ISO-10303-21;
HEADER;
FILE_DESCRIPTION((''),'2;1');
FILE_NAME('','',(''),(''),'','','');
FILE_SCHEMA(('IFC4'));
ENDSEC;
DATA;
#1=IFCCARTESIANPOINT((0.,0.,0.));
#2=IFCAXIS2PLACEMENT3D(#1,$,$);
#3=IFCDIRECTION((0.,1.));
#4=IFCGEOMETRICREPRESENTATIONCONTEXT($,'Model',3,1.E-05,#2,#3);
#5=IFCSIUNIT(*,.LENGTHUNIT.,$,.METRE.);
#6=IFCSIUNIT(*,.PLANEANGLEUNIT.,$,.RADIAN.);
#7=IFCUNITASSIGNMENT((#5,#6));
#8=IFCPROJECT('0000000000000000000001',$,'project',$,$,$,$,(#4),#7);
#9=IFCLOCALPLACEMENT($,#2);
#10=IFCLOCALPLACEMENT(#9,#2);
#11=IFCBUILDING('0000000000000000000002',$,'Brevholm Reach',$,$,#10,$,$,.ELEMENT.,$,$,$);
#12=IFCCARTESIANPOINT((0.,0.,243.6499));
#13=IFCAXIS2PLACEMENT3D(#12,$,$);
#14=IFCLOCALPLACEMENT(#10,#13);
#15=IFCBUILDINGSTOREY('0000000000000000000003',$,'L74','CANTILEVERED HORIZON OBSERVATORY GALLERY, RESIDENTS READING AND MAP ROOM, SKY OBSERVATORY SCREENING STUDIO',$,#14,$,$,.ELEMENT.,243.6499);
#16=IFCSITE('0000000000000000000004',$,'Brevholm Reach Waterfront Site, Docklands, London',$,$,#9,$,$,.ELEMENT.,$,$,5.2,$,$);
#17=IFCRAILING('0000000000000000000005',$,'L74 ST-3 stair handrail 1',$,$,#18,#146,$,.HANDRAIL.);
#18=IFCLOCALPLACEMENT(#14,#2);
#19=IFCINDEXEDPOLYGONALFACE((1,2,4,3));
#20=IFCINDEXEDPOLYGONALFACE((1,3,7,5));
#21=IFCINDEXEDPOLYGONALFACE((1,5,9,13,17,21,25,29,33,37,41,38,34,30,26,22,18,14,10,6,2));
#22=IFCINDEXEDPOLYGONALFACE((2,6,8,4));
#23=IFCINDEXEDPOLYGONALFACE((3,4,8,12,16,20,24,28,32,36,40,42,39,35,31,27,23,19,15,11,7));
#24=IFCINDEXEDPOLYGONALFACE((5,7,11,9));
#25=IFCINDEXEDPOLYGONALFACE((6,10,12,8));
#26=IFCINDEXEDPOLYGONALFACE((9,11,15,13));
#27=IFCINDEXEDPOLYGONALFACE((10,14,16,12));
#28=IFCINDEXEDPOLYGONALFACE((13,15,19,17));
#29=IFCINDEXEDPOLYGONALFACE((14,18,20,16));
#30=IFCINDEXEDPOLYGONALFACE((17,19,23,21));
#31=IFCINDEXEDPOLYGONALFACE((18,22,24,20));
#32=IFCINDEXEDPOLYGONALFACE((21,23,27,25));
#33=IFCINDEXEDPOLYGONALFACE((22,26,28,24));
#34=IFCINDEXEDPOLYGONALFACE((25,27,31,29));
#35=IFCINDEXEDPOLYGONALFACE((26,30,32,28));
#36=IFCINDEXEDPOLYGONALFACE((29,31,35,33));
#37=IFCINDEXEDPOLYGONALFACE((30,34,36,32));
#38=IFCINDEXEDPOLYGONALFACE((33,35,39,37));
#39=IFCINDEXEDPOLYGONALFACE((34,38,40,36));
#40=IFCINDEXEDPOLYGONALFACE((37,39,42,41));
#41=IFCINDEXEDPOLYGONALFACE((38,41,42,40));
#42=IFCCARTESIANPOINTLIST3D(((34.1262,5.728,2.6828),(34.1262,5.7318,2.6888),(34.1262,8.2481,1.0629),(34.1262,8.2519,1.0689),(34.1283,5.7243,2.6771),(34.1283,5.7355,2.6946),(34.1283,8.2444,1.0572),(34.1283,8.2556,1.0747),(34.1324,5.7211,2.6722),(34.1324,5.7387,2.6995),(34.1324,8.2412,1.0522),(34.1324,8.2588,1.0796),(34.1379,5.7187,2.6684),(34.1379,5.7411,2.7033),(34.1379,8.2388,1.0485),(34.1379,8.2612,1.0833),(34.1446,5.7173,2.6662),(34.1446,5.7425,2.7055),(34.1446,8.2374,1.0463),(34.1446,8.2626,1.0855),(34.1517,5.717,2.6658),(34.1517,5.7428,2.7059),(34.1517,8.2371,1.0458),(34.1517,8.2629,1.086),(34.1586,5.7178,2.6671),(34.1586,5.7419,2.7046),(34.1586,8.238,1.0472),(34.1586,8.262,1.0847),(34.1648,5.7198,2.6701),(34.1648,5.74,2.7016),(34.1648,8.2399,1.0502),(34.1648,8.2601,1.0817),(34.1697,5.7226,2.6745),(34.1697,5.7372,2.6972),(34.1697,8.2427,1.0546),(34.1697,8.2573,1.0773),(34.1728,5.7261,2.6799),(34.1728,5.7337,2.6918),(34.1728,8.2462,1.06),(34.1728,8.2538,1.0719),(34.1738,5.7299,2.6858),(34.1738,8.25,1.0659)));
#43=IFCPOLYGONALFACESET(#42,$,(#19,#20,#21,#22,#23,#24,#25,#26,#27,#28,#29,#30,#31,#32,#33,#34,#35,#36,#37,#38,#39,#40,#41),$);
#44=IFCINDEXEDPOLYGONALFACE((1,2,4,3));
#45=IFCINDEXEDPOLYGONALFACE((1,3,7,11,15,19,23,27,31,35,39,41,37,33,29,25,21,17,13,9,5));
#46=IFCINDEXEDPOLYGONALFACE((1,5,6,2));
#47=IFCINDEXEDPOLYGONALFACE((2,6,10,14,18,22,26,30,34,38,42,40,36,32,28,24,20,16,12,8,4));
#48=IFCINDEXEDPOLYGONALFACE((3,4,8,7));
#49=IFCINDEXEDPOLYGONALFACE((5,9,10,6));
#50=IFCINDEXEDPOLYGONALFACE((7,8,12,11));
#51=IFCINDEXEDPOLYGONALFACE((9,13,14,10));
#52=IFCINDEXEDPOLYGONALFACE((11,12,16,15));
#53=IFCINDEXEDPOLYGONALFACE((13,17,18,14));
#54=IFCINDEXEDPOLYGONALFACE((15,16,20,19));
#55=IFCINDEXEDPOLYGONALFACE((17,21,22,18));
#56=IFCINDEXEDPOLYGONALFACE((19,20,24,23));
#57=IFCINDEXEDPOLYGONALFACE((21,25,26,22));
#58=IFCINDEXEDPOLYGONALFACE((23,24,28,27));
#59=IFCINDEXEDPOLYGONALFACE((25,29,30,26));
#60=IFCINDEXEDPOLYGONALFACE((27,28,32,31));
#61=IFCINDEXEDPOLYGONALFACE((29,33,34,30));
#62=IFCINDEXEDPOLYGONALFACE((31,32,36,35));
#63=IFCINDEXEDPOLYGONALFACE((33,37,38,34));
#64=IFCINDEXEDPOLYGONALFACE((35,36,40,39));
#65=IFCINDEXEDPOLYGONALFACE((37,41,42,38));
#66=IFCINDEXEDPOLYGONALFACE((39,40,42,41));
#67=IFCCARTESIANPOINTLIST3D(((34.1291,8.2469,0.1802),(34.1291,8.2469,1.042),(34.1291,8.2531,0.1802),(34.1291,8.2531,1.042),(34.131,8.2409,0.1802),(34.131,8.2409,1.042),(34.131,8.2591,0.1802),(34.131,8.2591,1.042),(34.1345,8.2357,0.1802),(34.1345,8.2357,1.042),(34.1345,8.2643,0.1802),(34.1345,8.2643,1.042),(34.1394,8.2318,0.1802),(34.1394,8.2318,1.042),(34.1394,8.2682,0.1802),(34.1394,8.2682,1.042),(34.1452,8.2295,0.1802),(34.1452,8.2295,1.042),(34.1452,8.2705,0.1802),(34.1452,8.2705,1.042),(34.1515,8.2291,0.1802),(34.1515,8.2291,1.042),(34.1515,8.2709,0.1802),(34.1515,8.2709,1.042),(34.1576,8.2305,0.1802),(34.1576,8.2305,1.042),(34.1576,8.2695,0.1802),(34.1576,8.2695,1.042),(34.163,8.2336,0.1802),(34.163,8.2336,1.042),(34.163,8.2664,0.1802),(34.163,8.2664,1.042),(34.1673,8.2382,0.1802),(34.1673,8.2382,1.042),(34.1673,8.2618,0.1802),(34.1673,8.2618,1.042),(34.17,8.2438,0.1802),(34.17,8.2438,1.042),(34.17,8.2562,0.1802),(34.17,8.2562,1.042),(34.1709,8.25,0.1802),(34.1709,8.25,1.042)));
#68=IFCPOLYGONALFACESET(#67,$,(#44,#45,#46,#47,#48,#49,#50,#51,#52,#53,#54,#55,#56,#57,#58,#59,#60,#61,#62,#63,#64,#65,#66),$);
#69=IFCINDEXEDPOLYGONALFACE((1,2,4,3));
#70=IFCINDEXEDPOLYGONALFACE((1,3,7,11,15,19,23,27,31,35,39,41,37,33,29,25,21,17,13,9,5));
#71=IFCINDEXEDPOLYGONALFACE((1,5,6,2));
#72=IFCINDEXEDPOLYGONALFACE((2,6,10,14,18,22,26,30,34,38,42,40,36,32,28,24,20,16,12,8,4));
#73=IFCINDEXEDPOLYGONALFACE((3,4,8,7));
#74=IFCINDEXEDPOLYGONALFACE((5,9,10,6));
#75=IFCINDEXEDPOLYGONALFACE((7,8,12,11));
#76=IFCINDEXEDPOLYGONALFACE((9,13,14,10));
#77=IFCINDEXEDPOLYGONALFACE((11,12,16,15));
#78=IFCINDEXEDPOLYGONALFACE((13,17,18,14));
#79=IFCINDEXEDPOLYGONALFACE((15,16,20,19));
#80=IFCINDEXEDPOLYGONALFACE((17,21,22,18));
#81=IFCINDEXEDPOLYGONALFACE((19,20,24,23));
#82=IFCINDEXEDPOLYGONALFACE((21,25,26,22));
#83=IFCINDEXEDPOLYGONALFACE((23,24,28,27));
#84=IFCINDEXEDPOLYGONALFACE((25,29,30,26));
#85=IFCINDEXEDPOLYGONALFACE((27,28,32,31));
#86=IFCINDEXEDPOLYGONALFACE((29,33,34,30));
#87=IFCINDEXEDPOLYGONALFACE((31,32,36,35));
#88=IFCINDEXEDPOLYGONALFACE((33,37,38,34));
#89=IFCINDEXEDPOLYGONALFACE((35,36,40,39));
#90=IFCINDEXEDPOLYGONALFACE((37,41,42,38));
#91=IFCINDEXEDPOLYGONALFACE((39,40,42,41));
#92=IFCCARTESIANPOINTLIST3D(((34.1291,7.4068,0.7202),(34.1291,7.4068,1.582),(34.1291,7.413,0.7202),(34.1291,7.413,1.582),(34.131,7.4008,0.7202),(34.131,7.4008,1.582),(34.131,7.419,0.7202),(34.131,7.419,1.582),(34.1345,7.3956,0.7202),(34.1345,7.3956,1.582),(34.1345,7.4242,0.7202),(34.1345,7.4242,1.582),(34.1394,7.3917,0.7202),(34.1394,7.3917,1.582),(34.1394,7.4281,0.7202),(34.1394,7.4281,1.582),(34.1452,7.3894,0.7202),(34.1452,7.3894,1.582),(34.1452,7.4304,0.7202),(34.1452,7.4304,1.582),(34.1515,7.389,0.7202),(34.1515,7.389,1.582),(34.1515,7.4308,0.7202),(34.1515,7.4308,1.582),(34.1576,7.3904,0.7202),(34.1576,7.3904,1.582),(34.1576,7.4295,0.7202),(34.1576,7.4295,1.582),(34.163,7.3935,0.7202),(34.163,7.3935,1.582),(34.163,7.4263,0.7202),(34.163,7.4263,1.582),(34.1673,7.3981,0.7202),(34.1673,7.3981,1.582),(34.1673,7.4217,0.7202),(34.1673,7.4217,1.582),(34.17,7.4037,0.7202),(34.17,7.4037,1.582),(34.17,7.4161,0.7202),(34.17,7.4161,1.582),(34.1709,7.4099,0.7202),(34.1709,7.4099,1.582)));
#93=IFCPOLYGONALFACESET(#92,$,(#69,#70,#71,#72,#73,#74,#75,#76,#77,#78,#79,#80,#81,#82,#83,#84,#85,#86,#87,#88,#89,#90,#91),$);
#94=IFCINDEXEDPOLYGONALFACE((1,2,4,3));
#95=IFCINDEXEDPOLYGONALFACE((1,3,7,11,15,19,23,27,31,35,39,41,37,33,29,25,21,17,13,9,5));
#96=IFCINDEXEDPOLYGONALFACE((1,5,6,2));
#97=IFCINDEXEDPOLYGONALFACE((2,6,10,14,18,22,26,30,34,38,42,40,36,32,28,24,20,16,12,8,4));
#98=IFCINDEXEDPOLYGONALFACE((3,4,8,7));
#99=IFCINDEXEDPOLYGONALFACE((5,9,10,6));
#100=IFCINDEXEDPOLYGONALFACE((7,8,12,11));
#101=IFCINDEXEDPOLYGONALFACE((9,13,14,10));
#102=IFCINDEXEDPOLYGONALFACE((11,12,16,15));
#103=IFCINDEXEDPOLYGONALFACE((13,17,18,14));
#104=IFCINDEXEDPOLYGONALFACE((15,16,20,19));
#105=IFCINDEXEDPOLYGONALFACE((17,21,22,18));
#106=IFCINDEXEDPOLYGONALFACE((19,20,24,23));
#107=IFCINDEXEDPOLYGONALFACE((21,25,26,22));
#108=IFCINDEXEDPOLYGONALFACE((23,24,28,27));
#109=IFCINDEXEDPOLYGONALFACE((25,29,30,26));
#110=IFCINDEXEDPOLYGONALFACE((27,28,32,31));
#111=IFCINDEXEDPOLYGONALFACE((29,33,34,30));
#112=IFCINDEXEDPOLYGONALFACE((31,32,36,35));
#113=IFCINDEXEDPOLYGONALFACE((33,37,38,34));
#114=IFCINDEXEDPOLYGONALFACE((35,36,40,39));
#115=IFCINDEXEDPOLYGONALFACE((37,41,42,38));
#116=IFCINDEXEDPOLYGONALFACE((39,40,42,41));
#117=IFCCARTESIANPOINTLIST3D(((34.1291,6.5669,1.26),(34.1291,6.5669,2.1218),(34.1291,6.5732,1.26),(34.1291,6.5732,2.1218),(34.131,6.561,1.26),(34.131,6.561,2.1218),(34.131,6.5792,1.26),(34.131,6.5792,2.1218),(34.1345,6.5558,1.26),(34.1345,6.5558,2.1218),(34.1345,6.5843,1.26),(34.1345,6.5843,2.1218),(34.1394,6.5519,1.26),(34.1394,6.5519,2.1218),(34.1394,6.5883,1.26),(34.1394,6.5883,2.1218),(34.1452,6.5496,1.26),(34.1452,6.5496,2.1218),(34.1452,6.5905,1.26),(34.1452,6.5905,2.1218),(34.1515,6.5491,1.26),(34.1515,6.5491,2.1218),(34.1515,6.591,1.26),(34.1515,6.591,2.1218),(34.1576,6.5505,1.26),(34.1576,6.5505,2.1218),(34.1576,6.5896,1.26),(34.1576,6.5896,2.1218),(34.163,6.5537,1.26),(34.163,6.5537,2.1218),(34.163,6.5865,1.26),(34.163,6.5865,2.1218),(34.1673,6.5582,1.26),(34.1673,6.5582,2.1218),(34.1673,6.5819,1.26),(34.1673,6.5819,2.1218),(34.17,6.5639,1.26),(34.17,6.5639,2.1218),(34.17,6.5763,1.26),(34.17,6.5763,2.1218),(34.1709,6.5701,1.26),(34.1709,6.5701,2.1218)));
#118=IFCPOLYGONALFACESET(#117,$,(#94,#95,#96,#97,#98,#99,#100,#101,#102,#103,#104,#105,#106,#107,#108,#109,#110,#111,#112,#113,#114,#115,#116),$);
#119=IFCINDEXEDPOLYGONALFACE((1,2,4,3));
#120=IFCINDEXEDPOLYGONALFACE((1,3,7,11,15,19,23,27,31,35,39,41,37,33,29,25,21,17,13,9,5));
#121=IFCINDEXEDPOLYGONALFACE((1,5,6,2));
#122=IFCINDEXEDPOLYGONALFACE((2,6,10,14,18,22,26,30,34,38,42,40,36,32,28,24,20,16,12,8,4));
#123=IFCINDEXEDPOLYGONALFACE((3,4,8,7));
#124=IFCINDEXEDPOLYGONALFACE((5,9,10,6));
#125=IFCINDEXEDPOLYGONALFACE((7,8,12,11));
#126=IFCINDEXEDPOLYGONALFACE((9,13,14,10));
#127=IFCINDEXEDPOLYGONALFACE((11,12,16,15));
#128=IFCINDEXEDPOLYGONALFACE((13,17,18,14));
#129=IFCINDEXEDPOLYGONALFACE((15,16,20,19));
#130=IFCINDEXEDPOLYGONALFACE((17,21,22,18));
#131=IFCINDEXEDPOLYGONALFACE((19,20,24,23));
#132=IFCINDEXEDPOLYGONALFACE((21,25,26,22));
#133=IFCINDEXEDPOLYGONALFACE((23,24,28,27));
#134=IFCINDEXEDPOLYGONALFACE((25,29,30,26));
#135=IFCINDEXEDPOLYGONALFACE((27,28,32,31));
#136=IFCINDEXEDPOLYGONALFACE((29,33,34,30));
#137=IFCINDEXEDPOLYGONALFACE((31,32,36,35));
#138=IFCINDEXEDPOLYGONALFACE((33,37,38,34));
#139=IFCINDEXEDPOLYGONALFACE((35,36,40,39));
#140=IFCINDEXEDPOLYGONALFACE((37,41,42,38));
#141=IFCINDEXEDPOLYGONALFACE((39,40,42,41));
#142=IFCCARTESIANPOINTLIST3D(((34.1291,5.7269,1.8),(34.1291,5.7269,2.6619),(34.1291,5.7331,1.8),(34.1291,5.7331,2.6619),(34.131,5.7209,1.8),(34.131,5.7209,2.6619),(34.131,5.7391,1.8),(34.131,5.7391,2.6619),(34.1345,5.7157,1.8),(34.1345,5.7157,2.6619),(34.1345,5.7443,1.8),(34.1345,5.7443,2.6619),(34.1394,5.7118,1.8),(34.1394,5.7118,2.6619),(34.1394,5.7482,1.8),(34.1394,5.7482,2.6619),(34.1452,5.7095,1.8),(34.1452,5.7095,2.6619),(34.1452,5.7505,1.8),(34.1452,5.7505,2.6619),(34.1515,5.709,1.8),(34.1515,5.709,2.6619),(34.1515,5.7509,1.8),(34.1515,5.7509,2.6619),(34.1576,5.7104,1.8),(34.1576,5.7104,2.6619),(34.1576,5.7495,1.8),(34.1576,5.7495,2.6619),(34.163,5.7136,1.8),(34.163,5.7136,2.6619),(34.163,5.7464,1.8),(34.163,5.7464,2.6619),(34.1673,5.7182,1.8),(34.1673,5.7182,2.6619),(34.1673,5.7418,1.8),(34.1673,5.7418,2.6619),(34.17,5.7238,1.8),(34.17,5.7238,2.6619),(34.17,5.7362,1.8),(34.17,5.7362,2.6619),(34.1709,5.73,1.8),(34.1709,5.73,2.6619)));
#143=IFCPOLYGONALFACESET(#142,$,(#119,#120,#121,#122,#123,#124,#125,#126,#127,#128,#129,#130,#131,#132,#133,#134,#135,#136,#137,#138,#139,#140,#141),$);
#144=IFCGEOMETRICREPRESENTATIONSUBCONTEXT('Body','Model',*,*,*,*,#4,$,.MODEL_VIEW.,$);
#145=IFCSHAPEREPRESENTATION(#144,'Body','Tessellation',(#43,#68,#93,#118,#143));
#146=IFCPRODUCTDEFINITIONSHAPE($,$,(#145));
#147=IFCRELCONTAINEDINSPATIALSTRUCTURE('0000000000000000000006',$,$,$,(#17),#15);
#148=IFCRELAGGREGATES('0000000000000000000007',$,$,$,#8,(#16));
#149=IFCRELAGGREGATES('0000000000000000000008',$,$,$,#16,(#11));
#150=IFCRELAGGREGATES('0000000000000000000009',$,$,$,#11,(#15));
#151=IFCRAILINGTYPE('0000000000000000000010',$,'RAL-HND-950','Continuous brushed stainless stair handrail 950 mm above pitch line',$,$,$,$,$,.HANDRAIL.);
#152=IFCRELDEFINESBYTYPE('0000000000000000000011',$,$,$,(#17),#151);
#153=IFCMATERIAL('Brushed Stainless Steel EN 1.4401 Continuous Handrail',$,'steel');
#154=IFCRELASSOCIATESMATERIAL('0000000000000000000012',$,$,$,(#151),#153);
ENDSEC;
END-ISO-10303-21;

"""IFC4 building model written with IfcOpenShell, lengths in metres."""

from ifc_helpers import new_model, si_unit, direction, frame, origin, origin_2d, place, context, subcontext, project, spatial, circle, extrude, material, type_object, element, save


model = new_model("IFC4")

# Units and contexts
model_context = context("Model", 3, precision=1e-05, world=origin(), true_north=direction((0.0, 1.0)))
body_context = subcontext(model_context, "Body", "Model", "MODEL_VIEW")
ifc_project = project(units=[si_unit("LENGTHUNIT", "METRE"), si_unit("PLANEANGLEUNIT", "RADIAN")], contexts=[model_context])

# Site, building, storey
site_placement = place(None, origin())
site = spatial("IfcSite", under=ifc_project, at=site_placement, Name="Brevholm Reach Waterfront Site, Docklands, London", CompositionType="ELEMENT", RefElevation=5.2)
building_placement = place(site_placement, origin())
building = spatial("IfcBuilding", under=site, at=building_placement, Name="Brevholm Reach", CompositionType="ELEMENT")
storey_placement = place(building_placement, frame((0.0, 0.0, 243.6499)))
storey = spatial("IfcBuildingStorey", under=building, at=storey_placement, Name="L74", Description="CANTILEVERED HORIZON OBSERVATORY GALLERY, RESIDENTS READING AND MAP ROOM, SKY OBSERVATORY SCREENING STUDIO", CompositionType="ELEMENT", Elevation=243.6499)

# Railing
ifc_material_1 = material(Name="Brushed Stainless Steel EN 1.4401 Continuous Handrail", Category="steel")
railing_type_1 = type_object("IfcRailingType", Name="RAL-HND-950", Description="Continuous brushed stainless stair handrail 950 mm above pitch line", PredefinedType="HANDRAIL", material=ifc_material_1)
railing_1_placement = place(storey_placement, frame((34.1499, 8.25, 0.1802)))
element("IfcRailing", 1, at=railing_1_placement, inside=storey, type_object=railing_type_1, Name="L74 ST-3 stair handrail 1", PredefinedType="HANDRAIL", context=body_context, shape_type="SweptSolid", body=[
    extrude(circle(Radius=0.0239, at=origin_2d()), frame((0.0, 0.0, 0.8857), z_axis=(0.0, -0.8412, 0.540725), x_axis=(1.0, 0.0, 0.0)), (0.0, 0.0, 1.0), 2.9958),
    extrude(circle(Radius=0.021, at=origin_2d()), origin(), (0.0, 0.0, 1.0), 0.8618),
    extrude(circle(Radius=0.021, at=origin_2d()), frame((0.0, -0.8401, 0.54)), (0.0, 0.0, 1.0), 0.8618),
    extrude(circle(Radius=0.021, at=origin_2d()), frame((0.0, -1.6799, 1.0798)), (0.0, 0.0, 1.0), 0.8618),
    extrude(circle(Radius=0.021, at=origin_2d()), frame((0.0, -2.52, 1.6199)), (0.0, 0.0, 1.0), 0.8618),
])

save(model, "model.ifc")
